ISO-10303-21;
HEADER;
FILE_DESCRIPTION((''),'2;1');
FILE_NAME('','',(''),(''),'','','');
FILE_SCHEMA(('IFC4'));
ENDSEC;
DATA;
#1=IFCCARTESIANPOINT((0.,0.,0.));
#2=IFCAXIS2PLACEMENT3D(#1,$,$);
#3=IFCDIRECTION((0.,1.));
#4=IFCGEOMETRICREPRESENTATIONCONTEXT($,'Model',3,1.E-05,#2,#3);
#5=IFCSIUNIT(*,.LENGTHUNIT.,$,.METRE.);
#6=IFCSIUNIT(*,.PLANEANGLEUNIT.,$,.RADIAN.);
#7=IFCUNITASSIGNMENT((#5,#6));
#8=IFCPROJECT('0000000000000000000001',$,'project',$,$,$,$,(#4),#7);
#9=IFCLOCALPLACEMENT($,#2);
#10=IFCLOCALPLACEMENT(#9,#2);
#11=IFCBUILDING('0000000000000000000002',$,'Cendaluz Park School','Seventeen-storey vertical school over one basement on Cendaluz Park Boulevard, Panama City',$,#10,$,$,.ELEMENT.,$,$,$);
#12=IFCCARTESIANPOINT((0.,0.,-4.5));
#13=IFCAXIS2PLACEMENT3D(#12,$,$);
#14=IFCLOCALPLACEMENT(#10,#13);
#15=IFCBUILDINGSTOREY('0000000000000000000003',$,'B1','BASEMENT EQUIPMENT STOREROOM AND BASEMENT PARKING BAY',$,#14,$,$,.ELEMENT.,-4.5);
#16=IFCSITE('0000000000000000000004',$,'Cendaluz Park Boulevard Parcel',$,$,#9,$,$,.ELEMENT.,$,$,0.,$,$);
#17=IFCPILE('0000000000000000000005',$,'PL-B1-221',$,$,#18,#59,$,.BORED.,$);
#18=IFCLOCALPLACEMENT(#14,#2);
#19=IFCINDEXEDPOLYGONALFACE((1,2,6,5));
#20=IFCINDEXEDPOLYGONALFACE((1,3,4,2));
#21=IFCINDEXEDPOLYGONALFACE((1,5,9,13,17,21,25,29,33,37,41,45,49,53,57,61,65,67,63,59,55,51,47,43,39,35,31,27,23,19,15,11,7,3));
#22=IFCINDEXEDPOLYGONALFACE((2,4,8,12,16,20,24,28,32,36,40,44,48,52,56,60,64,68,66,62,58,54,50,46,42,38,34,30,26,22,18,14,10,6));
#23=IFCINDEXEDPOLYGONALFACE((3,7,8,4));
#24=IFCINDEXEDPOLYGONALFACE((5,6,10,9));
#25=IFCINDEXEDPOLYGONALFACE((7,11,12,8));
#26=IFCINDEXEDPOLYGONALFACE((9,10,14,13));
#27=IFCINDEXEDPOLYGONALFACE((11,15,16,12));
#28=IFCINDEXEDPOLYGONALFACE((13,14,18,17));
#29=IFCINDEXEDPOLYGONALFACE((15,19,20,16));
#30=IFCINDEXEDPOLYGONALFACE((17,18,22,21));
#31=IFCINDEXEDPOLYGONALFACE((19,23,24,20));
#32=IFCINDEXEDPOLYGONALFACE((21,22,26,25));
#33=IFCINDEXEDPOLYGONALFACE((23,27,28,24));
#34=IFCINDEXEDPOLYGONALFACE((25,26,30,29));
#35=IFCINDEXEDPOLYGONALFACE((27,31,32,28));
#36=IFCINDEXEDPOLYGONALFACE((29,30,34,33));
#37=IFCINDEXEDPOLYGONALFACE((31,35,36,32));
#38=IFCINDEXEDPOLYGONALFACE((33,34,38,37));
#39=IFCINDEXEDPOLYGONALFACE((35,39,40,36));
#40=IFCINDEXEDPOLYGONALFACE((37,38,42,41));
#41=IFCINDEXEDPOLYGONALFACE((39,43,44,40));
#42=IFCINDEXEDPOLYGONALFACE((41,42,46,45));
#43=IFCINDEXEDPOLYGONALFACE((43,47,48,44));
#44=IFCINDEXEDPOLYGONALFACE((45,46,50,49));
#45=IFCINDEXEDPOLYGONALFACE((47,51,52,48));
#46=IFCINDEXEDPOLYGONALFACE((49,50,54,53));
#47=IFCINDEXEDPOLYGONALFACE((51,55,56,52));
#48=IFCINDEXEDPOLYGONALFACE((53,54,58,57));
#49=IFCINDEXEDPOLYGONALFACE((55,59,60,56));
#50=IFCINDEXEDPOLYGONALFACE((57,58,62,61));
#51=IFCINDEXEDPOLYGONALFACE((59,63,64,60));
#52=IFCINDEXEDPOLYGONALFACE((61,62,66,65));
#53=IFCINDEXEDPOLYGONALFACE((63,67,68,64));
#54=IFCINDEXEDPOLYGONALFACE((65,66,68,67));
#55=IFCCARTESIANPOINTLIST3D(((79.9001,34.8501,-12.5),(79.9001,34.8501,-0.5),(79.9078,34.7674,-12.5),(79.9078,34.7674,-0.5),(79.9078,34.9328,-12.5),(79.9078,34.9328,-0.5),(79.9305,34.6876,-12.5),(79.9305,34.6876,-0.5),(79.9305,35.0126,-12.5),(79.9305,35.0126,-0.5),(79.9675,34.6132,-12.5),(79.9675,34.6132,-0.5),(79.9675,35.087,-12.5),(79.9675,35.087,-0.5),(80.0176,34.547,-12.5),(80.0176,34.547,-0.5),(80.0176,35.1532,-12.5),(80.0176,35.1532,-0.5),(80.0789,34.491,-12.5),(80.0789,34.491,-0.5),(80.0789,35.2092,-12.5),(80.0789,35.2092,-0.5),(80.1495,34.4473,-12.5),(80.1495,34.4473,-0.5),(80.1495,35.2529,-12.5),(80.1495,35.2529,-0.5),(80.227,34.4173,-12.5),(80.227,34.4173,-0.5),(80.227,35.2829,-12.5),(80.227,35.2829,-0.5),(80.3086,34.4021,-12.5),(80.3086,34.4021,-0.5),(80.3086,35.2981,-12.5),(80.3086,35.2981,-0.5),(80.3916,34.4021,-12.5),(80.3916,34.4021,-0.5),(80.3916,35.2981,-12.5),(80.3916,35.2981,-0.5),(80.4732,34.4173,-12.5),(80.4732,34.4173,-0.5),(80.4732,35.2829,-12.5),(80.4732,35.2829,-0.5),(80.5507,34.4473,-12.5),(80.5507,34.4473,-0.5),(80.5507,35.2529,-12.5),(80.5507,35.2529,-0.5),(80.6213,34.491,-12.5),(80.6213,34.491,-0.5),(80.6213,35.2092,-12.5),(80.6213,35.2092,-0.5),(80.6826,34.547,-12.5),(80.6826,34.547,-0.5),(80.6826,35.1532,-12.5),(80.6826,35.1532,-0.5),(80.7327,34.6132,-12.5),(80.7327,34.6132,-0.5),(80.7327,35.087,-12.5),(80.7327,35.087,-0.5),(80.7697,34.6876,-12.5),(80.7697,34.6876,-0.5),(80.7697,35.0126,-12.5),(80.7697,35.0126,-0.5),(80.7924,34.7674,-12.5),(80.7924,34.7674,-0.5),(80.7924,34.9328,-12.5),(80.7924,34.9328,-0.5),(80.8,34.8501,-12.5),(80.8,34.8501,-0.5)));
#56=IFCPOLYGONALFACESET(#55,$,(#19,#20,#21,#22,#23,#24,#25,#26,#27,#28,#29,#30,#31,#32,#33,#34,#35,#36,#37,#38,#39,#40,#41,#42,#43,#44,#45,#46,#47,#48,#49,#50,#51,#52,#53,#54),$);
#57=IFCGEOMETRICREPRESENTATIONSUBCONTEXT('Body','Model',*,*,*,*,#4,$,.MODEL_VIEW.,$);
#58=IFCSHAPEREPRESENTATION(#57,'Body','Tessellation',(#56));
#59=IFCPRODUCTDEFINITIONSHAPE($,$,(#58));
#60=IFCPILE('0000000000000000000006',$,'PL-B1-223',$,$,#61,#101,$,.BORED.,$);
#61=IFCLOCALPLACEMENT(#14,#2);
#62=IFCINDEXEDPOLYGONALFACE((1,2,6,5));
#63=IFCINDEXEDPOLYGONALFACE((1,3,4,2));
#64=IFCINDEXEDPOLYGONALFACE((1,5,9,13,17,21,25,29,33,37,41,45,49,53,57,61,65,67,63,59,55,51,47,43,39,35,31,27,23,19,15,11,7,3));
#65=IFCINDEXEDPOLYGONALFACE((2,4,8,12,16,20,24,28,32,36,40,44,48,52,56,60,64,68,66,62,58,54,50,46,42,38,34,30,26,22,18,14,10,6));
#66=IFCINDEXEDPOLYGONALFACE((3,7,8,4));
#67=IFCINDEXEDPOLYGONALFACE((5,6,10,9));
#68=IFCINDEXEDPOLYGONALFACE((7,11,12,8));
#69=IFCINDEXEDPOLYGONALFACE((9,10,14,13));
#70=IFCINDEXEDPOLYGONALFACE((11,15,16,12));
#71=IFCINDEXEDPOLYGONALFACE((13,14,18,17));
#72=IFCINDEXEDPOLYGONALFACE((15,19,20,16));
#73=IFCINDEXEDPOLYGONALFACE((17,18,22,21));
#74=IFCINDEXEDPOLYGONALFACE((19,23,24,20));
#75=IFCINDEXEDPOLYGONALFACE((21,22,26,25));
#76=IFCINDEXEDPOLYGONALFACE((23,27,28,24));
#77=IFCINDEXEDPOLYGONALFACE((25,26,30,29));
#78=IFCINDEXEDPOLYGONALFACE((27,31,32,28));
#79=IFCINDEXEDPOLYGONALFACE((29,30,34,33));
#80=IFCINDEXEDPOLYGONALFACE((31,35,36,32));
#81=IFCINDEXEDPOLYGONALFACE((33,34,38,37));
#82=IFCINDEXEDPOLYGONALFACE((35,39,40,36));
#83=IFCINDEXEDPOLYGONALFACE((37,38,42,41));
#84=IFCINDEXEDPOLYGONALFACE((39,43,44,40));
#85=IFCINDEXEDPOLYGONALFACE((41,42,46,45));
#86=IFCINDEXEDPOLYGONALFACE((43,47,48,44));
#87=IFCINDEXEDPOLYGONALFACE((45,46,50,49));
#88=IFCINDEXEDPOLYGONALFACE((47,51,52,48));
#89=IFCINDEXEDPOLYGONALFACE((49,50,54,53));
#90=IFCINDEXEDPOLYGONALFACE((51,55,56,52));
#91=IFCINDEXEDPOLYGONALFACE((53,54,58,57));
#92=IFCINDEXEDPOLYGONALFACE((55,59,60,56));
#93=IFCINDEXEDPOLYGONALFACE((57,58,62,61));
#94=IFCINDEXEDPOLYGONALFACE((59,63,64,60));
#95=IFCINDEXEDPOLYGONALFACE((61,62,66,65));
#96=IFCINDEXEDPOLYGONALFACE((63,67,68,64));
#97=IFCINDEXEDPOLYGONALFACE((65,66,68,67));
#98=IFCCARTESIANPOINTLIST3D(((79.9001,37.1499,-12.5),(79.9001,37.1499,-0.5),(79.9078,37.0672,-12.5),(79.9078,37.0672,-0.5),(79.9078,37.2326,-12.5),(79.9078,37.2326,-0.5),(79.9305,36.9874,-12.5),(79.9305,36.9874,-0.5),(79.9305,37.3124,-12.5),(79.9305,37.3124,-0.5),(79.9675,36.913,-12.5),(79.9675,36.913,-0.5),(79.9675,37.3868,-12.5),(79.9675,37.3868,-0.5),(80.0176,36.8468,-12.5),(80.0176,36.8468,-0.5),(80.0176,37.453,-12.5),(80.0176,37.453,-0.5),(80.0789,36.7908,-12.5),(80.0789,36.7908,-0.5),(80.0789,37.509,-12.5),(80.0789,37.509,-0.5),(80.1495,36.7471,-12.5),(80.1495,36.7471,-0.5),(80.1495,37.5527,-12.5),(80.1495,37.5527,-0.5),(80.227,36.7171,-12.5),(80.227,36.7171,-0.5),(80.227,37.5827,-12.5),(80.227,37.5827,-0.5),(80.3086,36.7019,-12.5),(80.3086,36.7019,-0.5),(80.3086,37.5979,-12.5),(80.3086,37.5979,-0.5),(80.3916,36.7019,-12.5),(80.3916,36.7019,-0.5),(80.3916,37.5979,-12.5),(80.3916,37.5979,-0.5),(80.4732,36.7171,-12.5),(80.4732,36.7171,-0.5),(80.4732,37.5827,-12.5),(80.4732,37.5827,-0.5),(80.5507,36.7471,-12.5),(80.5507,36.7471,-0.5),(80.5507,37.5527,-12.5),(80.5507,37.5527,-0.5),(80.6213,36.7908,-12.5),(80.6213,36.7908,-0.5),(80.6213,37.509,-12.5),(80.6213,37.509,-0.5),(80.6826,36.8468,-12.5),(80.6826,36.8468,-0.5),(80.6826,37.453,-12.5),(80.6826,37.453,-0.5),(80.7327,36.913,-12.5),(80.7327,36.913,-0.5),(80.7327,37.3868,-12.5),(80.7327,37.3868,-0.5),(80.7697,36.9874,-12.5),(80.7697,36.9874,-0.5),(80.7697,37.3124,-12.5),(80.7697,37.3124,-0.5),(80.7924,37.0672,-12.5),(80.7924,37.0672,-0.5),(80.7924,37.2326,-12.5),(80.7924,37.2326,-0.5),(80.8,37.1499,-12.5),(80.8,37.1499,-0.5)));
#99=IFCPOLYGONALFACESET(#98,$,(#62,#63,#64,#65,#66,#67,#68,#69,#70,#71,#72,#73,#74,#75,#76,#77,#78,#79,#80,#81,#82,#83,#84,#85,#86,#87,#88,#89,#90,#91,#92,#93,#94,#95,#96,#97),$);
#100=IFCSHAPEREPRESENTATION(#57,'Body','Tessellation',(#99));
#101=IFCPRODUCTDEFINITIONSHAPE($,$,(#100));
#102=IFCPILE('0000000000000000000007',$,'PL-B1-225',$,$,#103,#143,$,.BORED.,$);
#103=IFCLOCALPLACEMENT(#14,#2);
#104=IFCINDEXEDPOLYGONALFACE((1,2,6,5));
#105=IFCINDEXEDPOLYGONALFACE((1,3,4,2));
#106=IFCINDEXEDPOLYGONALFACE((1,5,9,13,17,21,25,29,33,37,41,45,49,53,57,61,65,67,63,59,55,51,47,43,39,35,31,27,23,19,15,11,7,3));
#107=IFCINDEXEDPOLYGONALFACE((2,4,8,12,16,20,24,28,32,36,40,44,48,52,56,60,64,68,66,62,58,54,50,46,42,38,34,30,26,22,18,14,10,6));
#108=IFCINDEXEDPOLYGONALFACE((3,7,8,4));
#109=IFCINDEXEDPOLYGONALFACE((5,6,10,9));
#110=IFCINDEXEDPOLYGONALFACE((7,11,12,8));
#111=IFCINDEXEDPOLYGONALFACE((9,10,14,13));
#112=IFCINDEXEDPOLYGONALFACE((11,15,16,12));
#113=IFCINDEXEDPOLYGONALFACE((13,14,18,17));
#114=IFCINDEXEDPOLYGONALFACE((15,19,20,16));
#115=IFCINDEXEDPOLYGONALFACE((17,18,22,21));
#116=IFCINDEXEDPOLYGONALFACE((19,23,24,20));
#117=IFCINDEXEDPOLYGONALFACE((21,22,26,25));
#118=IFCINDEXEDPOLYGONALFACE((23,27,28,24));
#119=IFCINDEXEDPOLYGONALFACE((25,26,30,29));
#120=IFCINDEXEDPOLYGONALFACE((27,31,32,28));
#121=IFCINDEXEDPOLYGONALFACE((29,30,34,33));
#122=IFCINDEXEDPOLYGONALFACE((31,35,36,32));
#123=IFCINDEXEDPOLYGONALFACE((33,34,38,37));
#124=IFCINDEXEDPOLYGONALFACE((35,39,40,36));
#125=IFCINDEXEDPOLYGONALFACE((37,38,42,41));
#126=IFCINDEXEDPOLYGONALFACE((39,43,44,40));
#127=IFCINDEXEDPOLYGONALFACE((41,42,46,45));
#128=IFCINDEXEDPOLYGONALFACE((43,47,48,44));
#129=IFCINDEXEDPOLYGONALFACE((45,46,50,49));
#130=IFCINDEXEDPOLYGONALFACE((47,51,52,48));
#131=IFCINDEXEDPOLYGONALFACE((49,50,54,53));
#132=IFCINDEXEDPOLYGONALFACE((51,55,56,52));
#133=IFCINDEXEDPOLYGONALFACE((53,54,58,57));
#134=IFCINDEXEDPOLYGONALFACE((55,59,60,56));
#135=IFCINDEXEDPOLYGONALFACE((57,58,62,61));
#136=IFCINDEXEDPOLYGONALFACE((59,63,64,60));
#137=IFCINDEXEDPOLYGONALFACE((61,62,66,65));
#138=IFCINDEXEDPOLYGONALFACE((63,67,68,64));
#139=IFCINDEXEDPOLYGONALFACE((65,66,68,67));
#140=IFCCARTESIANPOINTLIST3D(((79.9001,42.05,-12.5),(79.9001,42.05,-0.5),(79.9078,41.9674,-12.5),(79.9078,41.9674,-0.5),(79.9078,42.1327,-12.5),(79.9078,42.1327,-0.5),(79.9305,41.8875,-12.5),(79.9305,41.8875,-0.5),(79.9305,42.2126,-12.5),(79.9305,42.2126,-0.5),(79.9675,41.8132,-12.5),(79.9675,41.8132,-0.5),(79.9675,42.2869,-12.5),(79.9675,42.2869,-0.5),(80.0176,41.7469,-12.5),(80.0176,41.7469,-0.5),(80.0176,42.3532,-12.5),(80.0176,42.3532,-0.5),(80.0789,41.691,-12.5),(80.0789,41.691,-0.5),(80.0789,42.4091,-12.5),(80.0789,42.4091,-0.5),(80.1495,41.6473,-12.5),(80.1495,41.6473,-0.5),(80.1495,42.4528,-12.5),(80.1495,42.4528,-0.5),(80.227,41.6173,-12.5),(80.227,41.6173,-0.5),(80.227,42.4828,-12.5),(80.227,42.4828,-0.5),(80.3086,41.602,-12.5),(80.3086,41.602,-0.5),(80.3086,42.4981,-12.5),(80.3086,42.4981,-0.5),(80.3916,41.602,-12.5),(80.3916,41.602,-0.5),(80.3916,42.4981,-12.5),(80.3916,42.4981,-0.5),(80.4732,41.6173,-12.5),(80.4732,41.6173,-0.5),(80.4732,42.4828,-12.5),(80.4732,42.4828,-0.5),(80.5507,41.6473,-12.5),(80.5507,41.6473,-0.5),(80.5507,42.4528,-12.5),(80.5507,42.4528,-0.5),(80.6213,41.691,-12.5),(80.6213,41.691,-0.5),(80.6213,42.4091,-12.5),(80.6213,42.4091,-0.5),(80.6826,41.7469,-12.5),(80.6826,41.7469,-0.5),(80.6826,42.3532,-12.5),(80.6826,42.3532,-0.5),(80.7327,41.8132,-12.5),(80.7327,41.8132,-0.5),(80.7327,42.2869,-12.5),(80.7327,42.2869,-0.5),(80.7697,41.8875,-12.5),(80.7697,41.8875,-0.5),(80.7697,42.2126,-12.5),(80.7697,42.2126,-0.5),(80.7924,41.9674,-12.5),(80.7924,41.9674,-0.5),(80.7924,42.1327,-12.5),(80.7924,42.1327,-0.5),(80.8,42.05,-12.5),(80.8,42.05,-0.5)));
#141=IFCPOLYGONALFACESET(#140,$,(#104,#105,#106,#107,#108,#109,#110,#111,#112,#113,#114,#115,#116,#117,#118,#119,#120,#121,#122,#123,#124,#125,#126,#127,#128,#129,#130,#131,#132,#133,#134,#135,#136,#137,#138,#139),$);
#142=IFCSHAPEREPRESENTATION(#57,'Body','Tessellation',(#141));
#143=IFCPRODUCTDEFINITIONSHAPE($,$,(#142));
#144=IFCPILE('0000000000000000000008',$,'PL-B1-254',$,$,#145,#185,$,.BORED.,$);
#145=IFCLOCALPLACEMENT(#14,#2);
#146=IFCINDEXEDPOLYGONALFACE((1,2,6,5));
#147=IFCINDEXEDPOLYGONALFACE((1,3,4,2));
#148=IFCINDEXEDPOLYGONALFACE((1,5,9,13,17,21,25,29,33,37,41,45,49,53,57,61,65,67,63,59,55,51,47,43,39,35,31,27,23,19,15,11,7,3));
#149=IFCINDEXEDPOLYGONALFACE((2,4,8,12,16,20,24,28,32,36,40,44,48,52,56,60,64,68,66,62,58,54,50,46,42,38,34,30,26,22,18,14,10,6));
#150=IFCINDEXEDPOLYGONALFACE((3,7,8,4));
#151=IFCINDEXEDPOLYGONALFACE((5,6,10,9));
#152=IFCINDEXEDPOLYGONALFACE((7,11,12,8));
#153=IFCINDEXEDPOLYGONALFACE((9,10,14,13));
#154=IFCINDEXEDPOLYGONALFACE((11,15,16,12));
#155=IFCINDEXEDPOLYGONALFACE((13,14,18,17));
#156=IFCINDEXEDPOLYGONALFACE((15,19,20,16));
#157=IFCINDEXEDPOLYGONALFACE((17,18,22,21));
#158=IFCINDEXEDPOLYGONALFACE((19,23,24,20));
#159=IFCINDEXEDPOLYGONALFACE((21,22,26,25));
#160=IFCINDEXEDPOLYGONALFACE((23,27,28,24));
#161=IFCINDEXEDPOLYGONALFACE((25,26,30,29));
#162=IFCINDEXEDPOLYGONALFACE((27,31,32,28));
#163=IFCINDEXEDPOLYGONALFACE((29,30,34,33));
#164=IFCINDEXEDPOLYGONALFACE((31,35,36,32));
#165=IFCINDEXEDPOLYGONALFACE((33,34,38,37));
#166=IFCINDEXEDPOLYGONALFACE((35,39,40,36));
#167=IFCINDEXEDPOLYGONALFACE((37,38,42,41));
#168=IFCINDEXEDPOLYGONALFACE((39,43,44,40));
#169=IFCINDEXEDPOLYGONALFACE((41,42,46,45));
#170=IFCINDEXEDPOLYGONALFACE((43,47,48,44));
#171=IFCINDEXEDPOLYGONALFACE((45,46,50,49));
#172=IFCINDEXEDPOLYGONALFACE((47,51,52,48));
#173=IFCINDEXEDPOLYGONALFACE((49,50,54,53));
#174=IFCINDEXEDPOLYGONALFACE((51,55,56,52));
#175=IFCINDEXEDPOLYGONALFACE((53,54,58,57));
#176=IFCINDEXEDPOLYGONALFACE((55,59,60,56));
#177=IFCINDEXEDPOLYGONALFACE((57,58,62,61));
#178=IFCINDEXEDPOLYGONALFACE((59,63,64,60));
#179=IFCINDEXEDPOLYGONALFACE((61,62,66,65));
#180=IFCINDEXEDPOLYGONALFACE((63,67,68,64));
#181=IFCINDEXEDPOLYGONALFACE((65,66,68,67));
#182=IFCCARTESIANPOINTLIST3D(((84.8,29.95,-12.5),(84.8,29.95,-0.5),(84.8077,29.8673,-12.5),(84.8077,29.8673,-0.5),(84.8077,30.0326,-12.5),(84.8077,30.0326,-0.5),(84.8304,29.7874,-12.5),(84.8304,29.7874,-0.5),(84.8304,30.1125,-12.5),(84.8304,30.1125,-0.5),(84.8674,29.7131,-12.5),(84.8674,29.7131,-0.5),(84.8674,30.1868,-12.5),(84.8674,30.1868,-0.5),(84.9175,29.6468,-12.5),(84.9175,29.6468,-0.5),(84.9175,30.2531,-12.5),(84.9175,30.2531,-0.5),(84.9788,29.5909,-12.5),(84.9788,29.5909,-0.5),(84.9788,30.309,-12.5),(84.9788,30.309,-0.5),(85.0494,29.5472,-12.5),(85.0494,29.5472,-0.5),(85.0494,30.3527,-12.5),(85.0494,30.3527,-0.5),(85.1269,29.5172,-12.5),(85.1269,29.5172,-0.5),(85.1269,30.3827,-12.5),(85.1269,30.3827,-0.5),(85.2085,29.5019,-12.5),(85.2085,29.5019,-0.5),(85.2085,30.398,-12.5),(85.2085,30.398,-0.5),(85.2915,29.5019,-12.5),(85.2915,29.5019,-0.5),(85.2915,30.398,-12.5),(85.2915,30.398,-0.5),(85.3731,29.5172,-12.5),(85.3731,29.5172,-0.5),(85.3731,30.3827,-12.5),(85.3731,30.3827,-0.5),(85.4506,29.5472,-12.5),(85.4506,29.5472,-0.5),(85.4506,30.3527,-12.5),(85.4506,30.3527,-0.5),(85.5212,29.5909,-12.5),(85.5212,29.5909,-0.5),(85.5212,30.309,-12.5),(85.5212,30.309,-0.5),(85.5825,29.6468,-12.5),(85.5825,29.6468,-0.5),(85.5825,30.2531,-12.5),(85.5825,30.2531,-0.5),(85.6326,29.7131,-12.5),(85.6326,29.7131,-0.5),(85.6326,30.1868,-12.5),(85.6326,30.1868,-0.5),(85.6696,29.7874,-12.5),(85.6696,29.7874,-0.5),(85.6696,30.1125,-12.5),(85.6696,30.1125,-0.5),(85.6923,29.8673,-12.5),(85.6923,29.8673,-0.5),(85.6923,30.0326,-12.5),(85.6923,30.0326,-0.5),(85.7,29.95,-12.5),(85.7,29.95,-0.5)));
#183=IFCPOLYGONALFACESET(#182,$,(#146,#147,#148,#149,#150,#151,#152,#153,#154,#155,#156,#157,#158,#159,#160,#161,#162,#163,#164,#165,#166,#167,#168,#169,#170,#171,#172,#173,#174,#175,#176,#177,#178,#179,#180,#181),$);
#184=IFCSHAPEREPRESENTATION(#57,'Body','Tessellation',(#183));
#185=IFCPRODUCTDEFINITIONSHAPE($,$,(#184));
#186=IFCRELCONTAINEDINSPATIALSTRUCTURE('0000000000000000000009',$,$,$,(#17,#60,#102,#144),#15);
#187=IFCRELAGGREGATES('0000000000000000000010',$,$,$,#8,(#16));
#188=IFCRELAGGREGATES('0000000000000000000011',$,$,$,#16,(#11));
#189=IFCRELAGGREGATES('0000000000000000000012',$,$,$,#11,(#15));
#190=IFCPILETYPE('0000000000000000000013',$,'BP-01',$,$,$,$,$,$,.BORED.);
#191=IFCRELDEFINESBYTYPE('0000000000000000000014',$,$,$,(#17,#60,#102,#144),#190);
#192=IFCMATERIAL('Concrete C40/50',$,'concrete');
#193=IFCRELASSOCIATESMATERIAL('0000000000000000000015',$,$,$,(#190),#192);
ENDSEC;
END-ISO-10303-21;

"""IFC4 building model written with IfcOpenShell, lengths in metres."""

from ifc_helpers import new_model, si_unit, direction, frame, origin, origin_2d, place, context, subcontext, project, spatial, circle, extrude, material, material_profile, profile_set, type_object, element, save


model = new_model("IFC4")

# Units and contexts
model_context = context("Model", 3, precision=1e-05, world=origin(), true_north=direction((0.0, 1.0)))
body_context = subcontext(model_context, "Body", "Model", "MODEL_VIEW")
ifc_project = project(units=[si_unit("LENGTHUNIT", "METRE"), si_unit("PLANEANGLEUNIT", "RADIAN")], contexts=[model_context])

# Site, building, storey
site_placement = place(None, origin())
site = spatial("IfcSite", under=ifc_project, at=site_placement, Name="Cendaluz Park Boulevard Parcel", CompositionType="ELEMENT", RefElevation=0.0)
building_placement = place(site_placement, origin())
building = spatial("IfcBuilding", under=site, at=building_placement, Name="Cendaluz Park School", Description="Seventeen-storey vertical school over one basement on Cendaluz Park Boulevard, Panama City", CompositionType="ELEMENT")
storey_placement = place(building_placement, frame((0.0, 0.0, -4.5)))
storey = spatial("IfcBuildingStorey", under=building, at=storey_placement, Name="B1", Description="BASEMENT EQUIPMENT STOREROOM AND BASEMENT PARKING BAY", CompositionType="ELEMENT", Elevation=-4.5)

# Piles
ifc_material_1 = material(Name="Concrete C40/50", Category="concrete")
ifc_material_profile_1 = material_profile(ifc_material_1, circle(Radius=0.45, at=origin_2d()), Name="BP D900", Category="concrete")
ifc_profile_set_1 = profile_set([ifc_material_profile_1], Name="Concrete C40/50")
pile_type = type_object("IfcPileType", Name="BP-01", PredefinedType="BORED", material=ifc_profile_set_1)
for number, where, z_axis, x_axis, name in (
    (1, (80.3501, 34.8501, -0.5), (0.0, 0.0, -1.0), (1.0, 0.0, 0.0), "PL-B1-221"),
    (2, (80.3501, 37.1499, -0.5), (0.0, 0.0, -1.0), (1.0, 0.0, 0.0), "PL-B1-223"),
    (3, (80.3501, 42.05, -0.5), (0.0, 0.0, -1.0), (1.0, 0.0, 0.0), "PL-B1-225"),
    (4, (85.25, 29.95, -0.5), (0.0, 0.0, -1.0), (1.0, 0.0, 0.0), "PL-B1-254"),
):
    element("IfcPile", number, at=place(storey_placement, frame(where, z_axis=z_axis, x_axis=x_axis)), inside=storey, type_object=pile_type, Name=name, PredefinedType="BORED", context=body_context, shape_type="SweptSolid", body=[
        extrude(circle(Radius=0.45, at=origin_2d()), origin(), (0.0, 0.0, 1.0), 12.0),
    ])

save(model, "model.ifc")
